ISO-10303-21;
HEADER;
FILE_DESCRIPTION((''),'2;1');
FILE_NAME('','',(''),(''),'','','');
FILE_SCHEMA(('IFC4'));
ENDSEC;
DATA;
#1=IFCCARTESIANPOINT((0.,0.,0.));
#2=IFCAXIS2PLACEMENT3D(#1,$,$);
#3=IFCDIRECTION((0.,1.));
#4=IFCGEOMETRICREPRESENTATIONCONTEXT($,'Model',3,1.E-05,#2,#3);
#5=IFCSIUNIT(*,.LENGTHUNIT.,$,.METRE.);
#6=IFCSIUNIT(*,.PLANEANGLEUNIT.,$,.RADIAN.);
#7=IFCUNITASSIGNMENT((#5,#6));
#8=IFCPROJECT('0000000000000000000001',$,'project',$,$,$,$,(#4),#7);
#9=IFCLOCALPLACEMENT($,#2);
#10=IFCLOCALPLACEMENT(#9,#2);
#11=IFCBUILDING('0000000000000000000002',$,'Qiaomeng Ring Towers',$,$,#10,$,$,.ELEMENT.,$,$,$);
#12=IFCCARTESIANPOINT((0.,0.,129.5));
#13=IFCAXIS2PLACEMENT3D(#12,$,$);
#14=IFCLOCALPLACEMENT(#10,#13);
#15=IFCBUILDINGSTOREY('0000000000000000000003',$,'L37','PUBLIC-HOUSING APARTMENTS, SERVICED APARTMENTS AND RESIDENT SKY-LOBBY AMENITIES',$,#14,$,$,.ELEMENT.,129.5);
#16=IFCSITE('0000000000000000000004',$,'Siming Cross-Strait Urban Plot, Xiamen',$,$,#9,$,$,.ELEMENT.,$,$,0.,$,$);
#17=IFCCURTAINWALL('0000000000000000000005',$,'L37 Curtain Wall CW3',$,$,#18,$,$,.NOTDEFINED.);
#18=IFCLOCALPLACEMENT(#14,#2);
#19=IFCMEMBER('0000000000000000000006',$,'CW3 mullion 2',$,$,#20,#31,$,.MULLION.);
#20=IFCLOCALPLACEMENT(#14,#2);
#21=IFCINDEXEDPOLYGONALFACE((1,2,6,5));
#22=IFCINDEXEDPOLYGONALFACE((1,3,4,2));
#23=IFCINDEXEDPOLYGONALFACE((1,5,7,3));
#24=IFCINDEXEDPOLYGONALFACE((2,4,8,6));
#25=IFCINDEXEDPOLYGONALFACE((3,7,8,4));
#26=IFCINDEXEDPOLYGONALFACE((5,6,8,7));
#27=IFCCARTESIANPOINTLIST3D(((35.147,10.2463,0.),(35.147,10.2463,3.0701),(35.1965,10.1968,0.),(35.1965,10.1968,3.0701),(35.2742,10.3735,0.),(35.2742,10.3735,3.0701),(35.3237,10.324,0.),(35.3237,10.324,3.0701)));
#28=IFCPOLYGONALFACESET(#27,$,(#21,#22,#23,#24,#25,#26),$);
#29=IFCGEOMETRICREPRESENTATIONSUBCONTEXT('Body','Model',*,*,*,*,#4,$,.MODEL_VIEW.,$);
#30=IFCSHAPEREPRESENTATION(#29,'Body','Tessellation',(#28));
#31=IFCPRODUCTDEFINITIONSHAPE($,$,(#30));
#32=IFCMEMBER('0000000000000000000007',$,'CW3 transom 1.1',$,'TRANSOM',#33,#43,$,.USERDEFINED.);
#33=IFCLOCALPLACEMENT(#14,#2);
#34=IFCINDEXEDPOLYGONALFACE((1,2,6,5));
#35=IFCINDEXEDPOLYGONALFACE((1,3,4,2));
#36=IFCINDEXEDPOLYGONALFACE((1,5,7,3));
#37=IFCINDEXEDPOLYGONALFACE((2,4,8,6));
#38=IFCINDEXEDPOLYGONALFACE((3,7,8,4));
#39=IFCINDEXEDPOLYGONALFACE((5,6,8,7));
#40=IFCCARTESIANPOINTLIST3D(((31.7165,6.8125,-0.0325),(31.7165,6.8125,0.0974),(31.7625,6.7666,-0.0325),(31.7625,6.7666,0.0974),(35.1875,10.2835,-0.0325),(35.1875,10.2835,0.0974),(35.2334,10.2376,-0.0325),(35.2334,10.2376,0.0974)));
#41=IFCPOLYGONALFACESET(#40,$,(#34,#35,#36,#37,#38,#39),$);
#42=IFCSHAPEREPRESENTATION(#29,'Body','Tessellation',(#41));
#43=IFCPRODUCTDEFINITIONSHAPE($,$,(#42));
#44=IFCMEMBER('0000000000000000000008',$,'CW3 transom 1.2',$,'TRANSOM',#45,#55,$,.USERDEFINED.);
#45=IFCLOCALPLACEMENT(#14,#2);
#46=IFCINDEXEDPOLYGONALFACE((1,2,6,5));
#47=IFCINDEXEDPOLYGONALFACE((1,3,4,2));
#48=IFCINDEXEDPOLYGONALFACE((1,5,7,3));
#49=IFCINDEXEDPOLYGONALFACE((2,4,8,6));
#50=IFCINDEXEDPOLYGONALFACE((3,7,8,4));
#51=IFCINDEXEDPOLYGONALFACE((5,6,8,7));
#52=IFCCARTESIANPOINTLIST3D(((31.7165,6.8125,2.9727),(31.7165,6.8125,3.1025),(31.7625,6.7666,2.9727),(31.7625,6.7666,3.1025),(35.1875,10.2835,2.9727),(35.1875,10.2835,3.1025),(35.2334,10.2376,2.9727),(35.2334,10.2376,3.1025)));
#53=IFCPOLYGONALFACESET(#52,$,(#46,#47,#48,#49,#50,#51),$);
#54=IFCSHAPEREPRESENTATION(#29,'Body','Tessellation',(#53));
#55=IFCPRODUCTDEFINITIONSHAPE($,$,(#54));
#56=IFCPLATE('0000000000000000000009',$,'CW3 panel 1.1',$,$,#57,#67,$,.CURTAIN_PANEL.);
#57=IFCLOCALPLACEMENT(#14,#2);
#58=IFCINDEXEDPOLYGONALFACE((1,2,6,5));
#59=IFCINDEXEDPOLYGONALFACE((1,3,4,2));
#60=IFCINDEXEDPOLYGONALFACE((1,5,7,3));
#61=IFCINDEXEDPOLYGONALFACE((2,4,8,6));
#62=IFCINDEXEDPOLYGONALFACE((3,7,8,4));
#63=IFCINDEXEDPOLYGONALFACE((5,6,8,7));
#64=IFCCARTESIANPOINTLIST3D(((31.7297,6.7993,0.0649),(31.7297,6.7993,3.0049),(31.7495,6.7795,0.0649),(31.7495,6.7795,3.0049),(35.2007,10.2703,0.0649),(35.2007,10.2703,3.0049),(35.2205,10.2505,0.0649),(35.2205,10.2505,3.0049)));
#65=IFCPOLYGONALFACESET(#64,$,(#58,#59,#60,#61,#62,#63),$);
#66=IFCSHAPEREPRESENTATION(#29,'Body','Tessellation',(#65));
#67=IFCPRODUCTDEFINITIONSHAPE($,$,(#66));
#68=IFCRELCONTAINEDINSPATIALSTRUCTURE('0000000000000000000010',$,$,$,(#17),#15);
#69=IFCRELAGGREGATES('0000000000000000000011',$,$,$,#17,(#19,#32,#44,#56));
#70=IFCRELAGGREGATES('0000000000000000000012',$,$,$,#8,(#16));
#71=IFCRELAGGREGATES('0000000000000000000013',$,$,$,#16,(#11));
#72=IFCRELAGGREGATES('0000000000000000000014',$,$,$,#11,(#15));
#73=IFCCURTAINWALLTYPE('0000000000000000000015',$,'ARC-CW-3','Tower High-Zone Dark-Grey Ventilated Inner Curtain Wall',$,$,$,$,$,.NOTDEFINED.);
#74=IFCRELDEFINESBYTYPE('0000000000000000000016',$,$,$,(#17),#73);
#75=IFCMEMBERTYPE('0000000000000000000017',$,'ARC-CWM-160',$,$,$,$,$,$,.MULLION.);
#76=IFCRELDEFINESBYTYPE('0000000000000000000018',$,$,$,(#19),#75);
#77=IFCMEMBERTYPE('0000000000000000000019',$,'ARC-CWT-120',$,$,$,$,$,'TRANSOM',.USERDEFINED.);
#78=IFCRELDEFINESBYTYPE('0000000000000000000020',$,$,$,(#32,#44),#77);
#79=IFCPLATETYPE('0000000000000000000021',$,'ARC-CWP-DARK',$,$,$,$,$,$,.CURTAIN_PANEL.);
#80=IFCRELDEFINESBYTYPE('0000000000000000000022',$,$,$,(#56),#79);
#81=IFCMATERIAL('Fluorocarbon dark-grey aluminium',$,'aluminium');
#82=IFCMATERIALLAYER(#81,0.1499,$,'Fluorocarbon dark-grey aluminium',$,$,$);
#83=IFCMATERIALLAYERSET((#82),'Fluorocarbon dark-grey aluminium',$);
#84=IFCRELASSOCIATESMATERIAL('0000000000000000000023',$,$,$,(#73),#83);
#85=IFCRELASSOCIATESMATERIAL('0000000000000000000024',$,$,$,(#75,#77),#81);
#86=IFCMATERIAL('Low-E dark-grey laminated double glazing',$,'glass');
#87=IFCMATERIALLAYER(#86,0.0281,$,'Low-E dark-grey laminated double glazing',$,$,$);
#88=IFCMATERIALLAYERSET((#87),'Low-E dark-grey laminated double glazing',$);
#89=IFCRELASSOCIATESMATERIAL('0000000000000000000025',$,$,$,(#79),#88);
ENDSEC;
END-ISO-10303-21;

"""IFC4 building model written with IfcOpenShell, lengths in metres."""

from ifc_helpers import new_model, si_unit, direction, frame, origin, origin_2d, place, context, subcontext, project, spatial, rectangle, extrude, source, transform, mapped, material, layer, layer_set, material_profile, profile_set, type_object, element, aggregate, save


model = new_model("IFC4")

# Units and contexts
model_context = context("Model", 3, precision=1e-05, world=origin(), true_north=direction((0.0, 1.0)))
body_context = subcontext(model_context, "Body", "Model", "MODEL_VIEW")
ifc_project = project(units=[si_unit("LENGTHUNIT", "METRE"), si_unit("PLANEANGLEUNIT", "RADIAN")], contexts=[model_context])

# Site, building, storey
site_placement = place(None, origin())
site = spatial("IfcSite", under=ifc_project, at=site_placement, Name="Siming Cross-Strait Urban Plot, Xiamen", CompositionType="ELEMENT", RefElevation=0.0)
building_placement = place(site_placement, origin())
building = spatial("IfcBuilding", under=site, at=building_placement, Name="Qiaomeng Ring Towers", CompositionType="ELEMENT")
storey_placement = place(building_placement, frame((0.0, 0.0, 129.5)))
storey = spatial("IfcBuildingStorey", under=building, at=storey_placement, Name="L37", Description="PUBLIC-HOUSING APARTMENTS, SERVICED APARTMENTS AND RESIDENT SKY-LOBBY AMENITIES", CompositionType="ELEMENT", Elevation=129.5)

# Curtain wall, members, plate
ifc_material_1 = material(Name="Fluorocarbon dark-grey aluminium", Category="aluminium")
ifc_layer_1 = layer(ifc_material_1, 0.1499, Name="Fluorocarbon dark-grey aluminium")
ifc_layer_set_1 = layer_set([ifc_layer_1], Name="Fluorocarbon dark-grey aluminium")
curtain_wall_type = type_object("IfcCurtainWallType", Name="ARC-CW-3", Description="Tower High-Zone Dark-Grey Ventilated Inner Curtain Wall", PredefinedType="NOTDEFINED", material=ifc_layer_set_1)
curtain_wall_placement = place(storey_placement, origin())
curtain_wall = element("IfcCurtainWall", 1, at=curtain_wall_placement, inside=storey, type_object=curtain_wall_type, Name="L37 Curtain Wall CW3", PredefinedType="NOTDEFINED")
ifc_material_profile_1 = material_profile(ifc_material_1, rectangle(XDim=0.0701, YDim=0.1799, at=origin_2d()), Name="ALU MULL 70x180")
ifc_profile_set_1 = profile_set([ifc_material_profile_1], Name="Fluorocarbon dark-grey aluminium")
member_type_1 = type_object("IfcMemberType", Name="ARC-CWM-160", PredefinedType="MULLION", material=ifc_profile_set_1)
shared_shape_1 = source(origin(), body_context, "Body", "SweptSolid", [
    extrude(rectangle(XDim=0.0701, YDim=0.1799, at=origin_2d()), origin(), (0.0, 0.0, 1.0), 3.0701),
])
member_1_placement = place(storey_placement, frame((35.2354, 10.2852, 0.0), z_axis=(0.0, 0.0, 1.0), x_axis=(-0.707107, 0.707107, 0.0)))
member_1 = element("IfcMember", 2, at=member_1_placement, type_object=member_type_1, Name="CW3 mullion 2", PredefinedType="MULLION", context=body_context, shape_type="MappedRepresentation", body=[
    mapped(shared_shape_1, transform((0.0, 0.0, 0.0), x_axis=(1.0, 0.0, 0.0), y_axis=(0.0, 1.0, 0.0), z_axis=(0.0, 0.0, 1.0), scale=1.0)),
])
ifc_material_profile_2 = material_profile(ifc_material_1, rectangle(XDim=0.0649, YDim=0.1299, at=origin_2d()), Name="ALU TRAN 65x130")
ifc_profile_set_2 = profile_set([ifc_material_profile_2], Name="Fluorocarbon dark-grey aluminium")
member_type_2 = type_object("IfcMemberType", Name="ARC-CWT-120", ElementType="TRANSOM", PredefinedType="USERDEFINED", material=ifc_profile_set_2)
shared_shape_2 = source(origin(), body_context, "Body", "SweptSolid", [
    extrude(rectangle(XDim=0.0649, YDim=0.1299, at=origin_2d()), origin(), (0.0, 0.0, 1.0), 4.9087),
])
member_2_placement = place(storey_placement, frame((31.7395, 6.7896, 0.0325), z_axis=(0.707107, 0.707107, 0.0), x_axis=(-0.707107, 0.707107, 0.0)))
member_2 = element("IfcMember", 3, at=member_2_placement, type_object=member_type_2, Name="CW3 transom 1.1", ObjectType="TRANSOM", PredefinedType="USERDEFINED", context=body_context, shape_type="MappedRepresentation", body=[
    mapped(shared_shape_2, transform((0.0, 0.0, 0.0), x_axis=(1.0, 0.0, 0.0), y_axis=(0.0, 1.0, 0.0), z_axis=(0.0, 0.0, 1.0), scale=1.0)),
])
member_3_placement = place(storey_placement, frame((31.7395, 6.7896, 3.0376), z_axis=(0.707107, 0.707107, 0.0), x_axis=(-0.707107, 0.707107, 0.0)))
member_3 = element("IfcMember", 4, at=member_3_placement, type_object=member_type_2, Name="CW3 transom 1.2", ObjectType="TRANSOM", PredefinedType="USERDEFINED", context=body_context, shape_type="MappedRepresentation", body=[
    mapped(shared_shape_2, transform((0.0, 0.0, 0.0), x_axis=(1.0, 0.0, 0.0), y_axis=(0.0, 1.0, 0.0), z_axis=(0.0, 0.0, 1.0), scale=1.0)),
])
ifc_material_2 = material(Name="Low-E dark-grey laminated double glazing", Category="glass")
ifc_layer_2 = layer(ifc_material_2, 0.0281, Name="Low-E dark-grey laminated double glazing")
ifc_layer_set_2 = layer_set([ifc_layer_2], Name="Low-E dark-grey laminated double glazing")
plate_type = type_object("IfcPlateType", Name="ARC-CWP-DARK", PredefinedType="CURTAIN_PANEL", material=ifc_layer_set_2)
shared_shape_3 = source(origin(), body_context, "Body", "SweptSolid", [
    extrude(rectangle(XDim=4.9087, YDim=0.0281, at=origin_2d()), origin(), (0.0, 0.0, 1.0), 2.9399),
])
plate_placement = place(storey_placement, frame((33.4751, 8.5249, 0.0649), z_axis=(0.0, 0.0, 1.0), x_axis=(0.707107, 0.707107, 0.0)))
plate = element("IfcPlate", 5, at=plate_placement, type_object=plate_type, Name="CW3 panel 1.1", PredefinedType="CURTAIN_PANEL", context=body_context, shape_type="MappedRepresentation", body=[
    mapped(shared_shape_3, transform((0.0, 0.0, 0.0), x_axis=(1.0, 0.0, 0.0), y_axis=(0.0, 1.0, 0.0), z_axis=(0.0, 0.0, 1.0), scale=1.0)),
])
aggregate(curtain_wall, [member_1, member_2, member_3, plate])

save(model, "model.ifc")
